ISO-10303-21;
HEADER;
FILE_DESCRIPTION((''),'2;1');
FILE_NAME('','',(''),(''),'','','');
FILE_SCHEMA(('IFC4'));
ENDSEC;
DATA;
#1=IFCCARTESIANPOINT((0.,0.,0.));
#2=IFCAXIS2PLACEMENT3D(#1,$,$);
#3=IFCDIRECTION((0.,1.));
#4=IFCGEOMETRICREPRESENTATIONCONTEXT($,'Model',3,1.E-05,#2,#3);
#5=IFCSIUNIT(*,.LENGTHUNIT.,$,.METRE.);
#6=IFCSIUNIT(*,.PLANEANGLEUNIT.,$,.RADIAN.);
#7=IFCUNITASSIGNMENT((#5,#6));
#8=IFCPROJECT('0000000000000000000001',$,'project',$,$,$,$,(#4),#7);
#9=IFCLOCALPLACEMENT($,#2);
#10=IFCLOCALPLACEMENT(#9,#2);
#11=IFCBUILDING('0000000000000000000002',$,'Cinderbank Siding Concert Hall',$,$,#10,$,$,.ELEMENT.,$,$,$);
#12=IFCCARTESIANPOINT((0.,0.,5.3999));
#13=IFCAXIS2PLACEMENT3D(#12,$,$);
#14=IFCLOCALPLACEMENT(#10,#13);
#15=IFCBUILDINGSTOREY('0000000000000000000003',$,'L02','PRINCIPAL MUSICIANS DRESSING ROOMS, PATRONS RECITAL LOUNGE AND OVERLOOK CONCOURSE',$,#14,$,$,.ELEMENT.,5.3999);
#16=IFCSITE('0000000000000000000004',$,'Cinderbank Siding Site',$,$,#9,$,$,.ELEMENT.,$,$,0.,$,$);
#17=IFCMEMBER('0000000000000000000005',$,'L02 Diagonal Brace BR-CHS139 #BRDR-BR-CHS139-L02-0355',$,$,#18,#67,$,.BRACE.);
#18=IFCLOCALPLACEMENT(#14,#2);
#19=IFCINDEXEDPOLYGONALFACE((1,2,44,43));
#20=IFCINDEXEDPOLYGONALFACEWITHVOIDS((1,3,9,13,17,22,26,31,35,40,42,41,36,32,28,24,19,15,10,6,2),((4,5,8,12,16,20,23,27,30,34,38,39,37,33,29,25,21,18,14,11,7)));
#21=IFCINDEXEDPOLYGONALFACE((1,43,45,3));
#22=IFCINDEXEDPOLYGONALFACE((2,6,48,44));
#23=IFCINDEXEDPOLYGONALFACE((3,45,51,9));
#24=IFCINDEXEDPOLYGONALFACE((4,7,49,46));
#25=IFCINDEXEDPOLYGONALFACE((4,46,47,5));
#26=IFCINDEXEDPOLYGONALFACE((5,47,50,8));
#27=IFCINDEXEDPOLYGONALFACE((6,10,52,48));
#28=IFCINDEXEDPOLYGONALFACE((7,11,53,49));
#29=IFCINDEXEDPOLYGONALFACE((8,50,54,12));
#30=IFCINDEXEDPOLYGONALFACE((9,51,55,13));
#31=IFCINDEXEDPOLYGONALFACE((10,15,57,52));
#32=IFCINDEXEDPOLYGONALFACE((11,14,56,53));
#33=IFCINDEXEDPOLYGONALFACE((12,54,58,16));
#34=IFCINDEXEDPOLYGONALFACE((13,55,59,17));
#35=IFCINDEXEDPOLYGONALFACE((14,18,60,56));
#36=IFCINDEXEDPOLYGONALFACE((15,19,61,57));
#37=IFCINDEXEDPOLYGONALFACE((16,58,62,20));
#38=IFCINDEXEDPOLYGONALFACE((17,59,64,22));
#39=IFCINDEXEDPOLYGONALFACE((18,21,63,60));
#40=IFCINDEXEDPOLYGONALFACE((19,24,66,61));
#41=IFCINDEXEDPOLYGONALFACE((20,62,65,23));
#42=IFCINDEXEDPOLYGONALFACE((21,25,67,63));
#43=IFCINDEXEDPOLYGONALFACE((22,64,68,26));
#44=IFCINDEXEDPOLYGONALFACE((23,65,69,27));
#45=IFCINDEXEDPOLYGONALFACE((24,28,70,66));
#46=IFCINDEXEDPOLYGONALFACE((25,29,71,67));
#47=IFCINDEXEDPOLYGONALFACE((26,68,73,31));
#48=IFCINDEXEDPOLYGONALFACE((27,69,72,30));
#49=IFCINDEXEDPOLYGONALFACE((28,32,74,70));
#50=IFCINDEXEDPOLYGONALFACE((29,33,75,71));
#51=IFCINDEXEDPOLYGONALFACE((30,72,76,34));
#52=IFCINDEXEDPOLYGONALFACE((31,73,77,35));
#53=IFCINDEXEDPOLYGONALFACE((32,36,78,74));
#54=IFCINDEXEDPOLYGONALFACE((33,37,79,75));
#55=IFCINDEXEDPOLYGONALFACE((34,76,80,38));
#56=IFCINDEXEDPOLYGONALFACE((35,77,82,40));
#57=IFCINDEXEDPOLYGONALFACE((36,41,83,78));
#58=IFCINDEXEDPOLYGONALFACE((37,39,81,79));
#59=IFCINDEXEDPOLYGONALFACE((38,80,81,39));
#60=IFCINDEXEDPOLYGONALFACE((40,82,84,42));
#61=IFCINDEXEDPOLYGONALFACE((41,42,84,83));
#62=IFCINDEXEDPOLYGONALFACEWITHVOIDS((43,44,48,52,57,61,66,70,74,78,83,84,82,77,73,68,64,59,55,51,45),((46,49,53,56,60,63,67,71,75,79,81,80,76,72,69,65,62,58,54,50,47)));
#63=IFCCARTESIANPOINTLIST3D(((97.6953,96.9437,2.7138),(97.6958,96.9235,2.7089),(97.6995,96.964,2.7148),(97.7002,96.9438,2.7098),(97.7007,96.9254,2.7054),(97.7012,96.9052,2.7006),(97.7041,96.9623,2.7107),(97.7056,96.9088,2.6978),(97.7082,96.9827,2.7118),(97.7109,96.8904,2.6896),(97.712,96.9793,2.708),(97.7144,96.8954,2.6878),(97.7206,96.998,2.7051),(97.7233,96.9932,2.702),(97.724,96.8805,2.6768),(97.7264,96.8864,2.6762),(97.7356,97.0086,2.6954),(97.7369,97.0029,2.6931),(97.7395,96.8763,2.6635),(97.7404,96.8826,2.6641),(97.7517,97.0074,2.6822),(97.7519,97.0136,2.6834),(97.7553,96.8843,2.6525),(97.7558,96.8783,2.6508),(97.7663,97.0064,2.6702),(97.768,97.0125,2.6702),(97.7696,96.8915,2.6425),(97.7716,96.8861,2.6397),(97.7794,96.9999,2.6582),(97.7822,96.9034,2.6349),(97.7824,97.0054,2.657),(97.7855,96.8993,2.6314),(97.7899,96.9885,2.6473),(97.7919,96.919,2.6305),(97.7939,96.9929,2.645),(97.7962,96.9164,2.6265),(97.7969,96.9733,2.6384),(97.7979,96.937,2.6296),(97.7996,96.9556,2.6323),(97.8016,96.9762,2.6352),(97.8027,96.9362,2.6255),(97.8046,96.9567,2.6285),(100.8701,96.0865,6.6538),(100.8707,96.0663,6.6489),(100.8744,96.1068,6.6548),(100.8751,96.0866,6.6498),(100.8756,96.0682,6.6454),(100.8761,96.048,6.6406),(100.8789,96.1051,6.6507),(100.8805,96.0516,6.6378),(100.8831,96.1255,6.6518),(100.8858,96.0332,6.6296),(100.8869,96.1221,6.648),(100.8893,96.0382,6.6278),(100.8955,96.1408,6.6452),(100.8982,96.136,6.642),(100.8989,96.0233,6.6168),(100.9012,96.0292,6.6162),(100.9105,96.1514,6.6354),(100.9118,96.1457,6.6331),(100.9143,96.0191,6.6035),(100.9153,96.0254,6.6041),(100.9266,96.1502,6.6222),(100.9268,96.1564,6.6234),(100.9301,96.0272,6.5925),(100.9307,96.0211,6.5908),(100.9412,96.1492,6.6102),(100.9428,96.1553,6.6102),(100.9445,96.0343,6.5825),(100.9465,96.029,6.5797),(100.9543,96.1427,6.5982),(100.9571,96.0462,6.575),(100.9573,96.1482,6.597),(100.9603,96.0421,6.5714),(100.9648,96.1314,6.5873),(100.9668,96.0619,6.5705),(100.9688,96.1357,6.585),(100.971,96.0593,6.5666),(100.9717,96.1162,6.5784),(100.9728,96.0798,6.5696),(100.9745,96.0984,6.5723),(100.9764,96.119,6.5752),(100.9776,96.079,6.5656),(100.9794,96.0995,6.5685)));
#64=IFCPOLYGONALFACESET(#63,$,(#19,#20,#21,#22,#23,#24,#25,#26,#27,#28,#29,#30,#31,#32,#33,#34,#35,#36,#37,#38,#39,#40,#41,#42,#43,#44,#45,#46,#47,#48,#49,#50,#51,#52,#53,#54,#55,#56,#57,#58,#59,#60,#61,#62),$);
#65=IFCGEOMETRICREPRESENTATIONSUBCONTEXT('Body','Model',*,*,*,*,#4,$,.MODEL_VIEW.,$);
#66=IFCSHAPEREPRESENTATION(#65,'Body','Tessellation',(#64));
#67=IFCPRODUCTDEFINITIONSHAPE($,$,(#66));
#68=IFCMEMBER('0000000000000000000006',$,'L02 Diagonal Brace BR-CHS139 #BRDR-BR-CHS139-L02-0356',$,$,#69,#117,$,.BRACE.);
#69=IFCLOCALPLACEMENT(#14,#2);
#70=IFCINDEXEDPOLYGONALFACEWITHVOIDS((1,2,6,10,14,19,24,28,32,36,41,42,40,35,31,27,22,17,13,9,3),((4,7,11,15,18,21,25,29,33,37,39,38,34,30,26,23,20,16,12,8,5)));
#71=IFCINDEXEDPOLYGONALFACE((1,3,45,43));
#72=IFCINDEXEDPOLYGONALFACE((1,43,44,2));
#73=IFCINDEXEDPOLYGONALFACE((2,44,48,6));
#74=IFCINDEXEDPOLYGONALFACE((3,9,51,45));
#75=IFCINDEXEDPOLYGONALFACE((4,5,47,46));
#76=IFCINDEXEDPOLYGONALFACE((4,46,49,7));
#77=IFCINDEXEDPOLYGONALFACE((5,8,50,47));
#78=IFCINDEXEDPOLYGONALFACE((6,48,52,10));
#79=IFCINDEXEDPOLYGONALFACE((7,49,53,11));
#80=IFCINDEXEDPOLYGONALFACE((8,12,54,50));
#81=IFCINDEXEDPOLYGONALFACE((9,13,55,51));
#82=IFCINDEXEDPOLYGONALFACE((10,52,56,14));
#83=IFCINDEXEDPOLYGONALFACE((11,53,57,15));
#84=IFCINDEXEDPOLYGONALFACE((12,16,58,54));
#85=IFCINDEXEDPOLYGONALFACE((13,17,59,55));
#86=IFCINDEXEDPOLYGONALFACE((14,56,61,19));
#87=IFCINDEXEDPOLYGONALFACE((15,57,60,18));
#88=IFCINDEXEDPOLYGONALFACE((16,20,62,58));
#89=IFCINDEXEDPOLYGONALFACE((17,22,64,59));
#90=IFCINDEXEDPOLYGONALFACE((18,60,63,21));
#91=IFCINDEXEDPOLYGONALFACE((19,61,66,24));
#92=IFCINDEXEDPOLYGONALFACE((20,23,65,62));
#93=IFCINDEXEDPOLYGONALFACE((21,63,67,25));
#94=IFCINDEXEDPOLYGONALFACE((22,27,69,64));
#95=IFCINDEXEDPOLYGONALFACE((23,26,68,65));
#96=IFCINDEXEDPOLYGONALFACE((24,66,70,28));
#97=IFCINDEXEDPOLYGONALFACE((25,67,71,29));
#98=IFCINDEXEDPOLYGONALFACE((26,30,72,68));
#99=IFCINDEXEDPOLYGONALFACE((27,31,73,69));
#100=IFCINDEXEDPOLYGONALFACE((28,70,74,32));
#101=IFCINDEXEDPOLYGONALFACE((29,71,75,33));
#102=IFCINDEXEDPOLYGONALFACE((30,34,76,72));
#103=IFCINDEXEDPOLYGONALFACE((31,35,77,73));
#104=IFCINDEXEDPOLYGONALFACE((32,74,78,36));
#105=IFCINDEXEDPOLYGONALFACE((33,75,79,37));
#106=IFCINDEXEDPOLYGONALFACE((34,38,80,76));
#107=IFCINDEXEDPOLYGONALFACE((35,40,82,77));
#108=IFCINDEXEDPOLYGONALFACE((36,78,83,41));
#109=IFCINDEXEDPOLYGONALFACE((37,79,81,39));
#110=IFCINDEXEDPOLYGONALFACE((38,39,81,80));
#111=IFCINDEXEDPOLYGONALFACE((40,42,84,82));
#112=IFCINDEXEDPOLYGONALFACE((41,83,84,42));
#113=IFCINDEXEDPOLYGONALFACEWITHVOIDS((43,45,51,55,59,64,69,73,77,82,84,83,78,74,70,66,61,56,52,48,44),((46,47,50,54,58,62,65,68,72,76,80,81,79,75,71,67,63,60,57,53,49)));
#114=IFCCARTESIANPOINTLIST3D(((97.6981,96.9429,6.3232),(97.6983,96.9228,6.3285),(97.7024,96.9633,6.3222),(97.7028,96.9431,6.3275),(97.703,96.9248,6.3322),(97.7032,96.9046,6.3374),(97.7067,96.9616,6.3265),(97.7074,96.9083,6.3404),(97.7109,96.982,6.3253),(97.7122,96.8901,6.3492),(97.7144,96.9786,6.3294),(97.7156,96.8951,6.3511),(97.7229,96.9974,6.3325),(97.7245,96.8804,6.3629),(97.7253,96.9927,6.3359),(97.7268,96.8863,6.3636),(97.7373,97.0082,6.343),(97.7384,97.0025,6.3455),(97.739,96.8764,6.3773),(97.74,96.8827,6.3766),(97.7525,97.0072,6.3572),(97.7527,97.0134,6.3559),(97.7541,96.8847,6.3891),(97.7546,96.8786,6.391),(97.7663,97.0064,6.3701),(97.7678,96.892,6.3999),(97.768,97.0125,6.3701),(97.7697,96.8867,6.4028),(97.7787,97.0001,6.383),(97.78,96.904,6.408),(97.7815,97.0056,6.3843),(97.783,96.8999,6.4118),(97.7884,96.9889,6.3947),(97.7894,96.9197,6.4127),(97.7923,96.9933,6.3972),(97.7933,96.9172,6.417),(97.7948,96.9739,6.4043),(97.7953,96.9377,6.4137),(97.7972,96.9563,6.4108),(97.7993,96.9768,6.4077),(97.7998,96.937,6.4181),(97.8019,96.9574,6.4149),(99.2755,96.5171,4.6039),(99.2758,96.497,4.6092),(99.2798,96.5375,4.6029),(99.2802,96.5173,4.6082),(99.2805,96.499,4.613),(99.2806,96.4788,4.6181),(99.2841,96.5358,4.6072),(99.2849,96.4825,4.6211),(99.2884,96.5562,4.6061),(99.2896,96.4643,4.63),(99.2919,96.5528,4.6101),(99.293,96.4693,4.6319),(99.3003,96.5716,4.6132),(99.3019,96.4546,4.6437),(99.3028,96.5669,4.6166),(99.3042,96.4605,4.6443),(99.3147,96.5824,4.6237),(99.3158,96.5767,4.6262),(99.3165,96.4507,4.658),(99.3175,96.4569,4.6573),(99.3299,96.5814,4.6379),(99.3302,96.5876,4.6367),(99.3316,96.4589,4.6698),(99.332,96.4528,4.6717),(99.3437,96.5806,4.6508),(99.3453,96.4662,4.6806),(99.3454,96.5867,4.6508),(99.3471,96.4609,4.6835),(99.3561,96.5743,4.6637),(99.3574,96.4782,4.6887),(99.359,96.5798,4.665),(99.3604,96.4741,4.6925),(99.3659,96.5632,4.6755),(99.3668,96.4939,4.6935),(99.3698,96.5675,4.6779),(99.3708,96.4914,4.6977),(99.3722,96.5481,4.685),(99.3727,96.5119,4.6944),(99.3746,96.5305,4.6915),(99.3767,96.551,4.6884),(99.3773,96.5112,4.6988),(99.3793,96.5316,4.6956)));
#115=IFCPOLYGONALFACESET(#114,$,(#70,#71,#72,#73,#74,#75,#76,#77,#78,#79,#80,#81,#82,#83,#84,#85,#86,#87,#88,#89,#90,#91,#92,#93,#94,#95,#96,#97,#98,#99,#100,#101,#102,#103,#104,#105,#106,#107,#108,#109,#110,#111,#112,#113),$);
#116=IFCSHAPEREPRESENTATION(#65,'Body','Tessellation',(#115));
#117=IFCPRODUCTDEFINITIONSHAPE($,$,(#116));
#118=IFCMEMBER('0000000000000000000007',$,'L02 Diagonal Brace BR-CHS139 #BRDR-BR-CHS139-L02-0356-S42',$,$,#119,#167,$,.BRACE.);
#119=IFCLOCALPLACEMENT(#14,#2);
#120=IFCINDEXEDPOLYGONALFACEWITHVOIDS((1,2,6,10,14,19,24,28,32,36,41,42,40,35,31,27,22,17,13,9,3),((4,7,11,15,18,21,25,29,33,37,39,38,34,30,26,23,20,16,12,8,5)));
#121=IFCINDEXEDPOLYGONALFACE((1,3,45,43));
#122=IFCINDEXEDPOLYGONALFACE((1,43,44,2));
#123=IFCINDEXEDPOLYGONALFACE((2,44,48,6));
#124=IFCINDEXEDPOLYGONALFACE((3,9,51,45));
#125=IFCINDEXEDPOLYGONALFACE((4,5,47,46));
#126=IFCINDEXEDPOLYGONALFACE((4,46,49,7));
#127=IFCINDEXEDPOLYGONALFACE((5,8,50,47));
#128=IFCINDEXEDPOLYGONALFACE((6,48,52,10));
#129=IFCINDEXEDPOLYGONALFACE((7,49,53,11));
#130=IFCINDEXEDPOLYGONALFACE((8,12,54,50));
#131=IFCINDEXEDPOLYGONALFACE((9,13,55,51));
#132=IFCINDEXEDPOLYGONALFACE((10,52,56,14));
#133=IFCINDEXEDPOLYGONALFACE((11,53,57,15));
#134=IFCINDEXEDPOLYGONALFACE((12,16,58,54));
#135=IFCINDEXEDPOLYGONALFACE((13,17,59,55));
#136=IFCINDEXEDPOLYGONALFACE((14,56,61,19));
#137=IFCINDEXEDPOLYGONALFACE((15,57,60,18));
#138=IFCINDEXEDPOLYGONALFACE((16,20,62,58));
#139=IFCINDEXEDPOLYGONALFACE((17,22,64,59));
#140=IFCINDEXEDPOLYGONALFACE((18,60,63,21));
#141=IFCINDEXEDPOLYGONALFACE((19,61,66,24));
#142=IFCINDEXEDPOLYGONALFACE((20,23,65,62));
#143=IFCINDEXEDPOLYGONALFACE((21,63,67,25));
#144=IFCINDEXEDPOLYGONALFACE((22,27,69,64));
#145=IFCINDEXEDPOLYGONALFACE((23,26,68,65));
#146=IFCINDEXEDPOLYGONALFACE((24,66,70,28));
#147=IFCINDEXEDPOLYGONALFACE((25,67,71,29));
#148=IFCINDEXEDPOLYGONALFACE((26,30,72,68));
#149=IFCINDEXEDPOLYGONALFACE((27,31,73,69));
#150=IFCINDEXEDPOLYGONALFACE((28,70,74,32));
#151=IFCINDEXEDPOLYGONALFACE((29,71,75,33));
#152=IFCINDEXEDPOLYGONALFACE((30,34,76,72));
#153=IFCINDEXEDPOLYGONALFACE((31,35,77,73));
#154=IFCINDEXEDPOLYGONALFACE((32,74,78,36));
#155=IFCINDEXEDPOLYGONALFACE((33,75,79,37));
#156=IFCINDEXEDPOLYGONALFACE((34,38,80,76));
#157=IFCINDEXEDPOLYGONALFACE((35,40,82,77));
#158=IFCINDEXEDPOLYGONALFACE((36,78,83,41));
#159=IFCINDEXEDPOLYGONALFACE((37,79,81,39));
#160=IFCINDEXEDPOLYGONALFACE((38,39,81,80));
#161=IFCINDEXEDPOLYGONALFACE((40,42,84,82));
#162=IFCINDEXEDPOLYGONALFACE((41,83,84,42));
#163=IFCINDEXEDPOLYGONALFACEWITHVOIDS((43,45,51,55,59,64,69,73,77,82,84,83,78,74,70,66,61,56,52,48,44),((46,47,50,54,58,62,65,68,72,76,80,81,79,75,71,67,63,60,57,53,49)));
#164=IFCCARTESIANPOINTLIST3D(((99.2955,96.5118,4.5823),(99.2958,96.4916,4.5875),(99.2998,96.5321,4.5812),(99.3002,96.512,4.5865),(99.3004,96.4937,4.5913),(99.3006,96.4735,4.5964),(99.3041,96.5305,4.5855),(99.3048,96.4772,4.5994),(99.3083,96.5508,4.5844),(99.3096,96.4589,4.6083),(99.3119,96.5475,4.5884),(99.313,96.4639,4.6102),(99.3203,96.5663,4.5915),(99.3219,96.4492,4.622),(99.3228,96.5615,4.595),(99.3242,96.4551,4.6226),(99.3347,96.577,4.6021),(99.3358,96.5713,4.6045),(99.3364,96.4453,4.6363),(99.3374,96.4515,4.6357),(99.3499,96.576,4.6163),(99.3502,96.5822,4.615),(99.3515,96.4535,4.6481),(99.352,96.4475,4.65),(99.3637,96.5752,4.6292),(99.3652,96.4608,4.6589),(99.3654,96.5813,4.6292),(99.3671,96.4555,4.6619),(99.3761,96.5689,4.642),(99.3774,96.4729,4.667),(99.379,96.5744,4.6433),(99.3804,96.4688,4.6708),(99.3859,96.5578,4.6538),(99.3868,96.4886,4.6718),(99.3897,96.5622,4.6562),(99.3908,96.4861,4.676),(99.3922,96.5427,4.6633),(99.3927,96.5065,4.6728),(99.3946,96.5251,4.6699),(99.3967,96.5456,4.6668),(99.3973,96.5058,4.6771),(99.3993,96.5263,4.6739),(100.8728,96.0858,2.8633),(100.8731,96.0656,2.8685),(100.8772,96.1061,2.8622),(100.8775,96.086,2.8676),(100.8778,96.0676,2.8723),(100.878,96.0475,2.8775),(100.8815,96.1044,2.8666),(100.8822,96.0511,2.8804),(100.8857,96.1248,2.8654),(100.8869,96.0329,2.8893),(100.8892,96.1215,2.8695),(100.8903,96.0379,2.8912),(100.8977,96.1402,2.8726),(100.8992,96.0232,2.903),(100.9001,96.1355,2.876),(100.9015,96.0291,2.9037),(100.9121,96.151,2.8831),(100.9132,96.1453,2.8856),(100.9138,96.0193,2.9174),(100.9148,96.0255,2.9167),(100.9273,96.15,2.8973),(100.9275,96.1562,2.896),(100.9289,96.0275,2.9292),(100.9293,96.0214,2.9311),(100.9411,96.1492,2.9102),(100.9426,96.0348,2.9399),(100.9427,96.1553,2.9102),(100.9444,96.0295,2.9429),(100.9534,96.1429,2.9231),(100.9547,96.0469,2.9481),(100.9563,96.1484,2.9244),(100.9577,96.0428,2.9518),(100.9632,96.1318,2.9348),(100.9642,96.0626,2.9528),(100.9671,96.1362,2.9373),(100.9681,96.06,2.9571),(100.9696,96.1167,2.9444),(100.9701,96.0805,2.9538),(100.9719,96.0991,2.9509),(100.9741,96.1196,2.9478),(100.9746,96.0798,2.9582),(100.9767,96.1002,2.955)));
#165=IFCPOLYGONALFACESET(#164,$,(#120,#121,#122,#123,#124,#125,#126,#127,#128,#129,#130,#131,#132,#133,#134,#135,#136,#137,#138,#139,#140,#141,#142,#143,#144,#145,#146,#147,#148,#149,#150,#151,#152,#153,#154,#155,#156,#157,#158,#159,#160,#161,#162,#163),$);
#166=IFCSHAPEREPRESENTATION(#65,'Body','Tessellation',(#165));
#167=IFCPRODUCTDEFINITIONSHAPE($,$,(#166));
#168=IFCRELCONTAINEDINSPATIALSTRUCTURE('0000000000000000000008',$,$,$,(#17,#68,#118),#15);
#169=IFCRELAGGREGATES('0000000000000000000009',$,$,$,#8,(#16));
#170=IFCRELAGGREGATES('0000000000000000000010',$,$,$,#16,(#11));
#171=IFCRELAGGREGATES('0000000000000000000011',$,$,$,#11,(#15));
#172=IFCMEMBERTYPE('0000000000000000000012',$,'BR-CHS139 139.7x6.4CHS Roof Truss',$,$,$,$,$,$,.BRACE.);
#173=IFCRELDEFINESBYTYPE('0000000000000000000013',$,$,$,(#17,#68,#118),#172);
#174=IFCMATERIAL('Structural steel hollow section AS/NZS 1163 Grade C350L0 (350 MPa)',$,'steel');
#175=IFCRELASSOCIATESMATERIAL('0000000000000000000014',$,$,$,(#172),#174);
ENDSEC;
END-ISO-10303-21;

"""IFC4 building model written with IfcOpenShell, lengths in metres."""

from ifc_helpers import new_model, si_unit, direction, frame, origin, origin_2d, place, context, subcontext, project, spatial, hollow_circle, extrude, material, material_profile, profile_set, type_object, element, save


model = new_model("IFC4")

# Units and contexts
model_context = context("Model", 3, precision=1e-05, world=origin(), true_north=direction((0.0, 1.0)))
body_context = subcontext(model_context, "Body", "Model", "MODEL_VIEW")
ifc_project = project(units=[si_unit("LENGTHUNIT", "METRE"), si_unit("PLANEANGLEUNIT", "RADIAN")], contexts=[model_context])

# Site, building, storey
site_placement = place(None, origin())
site = spatial("IfcSite", under=ifc_project, at=site_placement, Name="Cinderbank Siding Site", CompositionType="ELEMENT", RefElevation=0.0)
building_placement = place(site_placement, origin())
building = spatial("IfcBuilding", under=site, at=building_placement, Name="Cinderbank Siding Concert Hall", CompositionType="ELEMENT")
storey_placement = place(building_placement, frame((0.0, 0.0, 5.3999)))
storey = spatial("IfcBuildingStorey", under=building, at=storey_placement, Name="L02", Description="PRINCIPAL MUSICIANS DRESSING ROOMS, PATRONS RECITAL LOUNGE AND OVERLOOK CONCOURSE", CompositionType="ELEMENT", Elevation=5.3999)

# Members
ifc_material_1 = material(Name="Structural steel hollow section AS/NZS 1163 Grade C350L0 (350 MPa)", Category="steel")
ifc_material_profile_1 = material_profile(ifc_material_1, hollow_circle(Radius=0.0698, WallThickness=0.0063, at=origin_2d()), Name="139.7x6.4CHS", Category="LoadBearing")
ifc_profile_set_1 = profile_set([ifc_material_profile_1], Name="Structural steel hollow section AS/NZS 1163 Grade C350L0 (350 MPa)")
member_type_1 = type_object("IfcMemberType", Name="BR-CHS139 139.7x6.4CHS Roof Truss", PredefinedType="BRACE", material=ifc_profile_set_1)
member_1_placement = place(storey_placement, frame((97.7498, 96.9451, 2.6702), z_axis=(0.618631, -0.167027, 0.767723), x_axis=(0.26066, 0.965431, 0.0)))
element("IfcMember", 1, at=member_1_placement, inside=storey, type_object=member_type_1, Name="L02 Diagonal Brace BR-CHS139 #BRDR-BR-CHS139-L02-0355", PredefinedType="BRACE", context=body_context, shape_type="SweptSolid", body=[
    extrude(hollow_circle(Radius=0.0698, WallThickness=0.0063, at=origin_2d()), origin(), (0.0, 0.0, 1.0), 5.1321),
])
member_2_placement = place(storey_placement, frame((97.7498, 96.9451, 6.3701), z_axis=(0.665073, -0.179521, -0.724879), x_axis=(0.2606, 0.965447, 0.0)))
element("IfcMember", 2, at=member_2_placement, inside=storey, type_object=member_type_1, Name="L02 Diagonal Brace BR-CHS139 #BRDR-BR-CHS139-L02-0356", PredefinedType="BRACE", context=body_context, shape_type="SweptSolid", body=[
    extrude(hollow_circle(Radius=0.0698, WallThickness=0.0063, at=origin_2d()), origin(), (0.0, 0.0, 1.0), 2.3718),
])
member_3_placement = place(storey_placement, frame((99.3472, 96.5139, 4.6292), z_axis=(0.66511, -0.179634, -0.724817), x_axis=(0.26074, 0.965409, 0.0)))
element("IfcMember", 3, at=member_3_placement, inside=storey, type_object=member_type_1, Name="L02 Diagonal Brace BR-CHS139 #BRDR-BR-CHS139-L02-0356-S42", PredefinedType="BRACE", context=body_context, shape_type="SweptSolid", body=[
    extrude(hollow_circle(Radius=0.0698, WallThickness=0.0063, at=origin_2d()), origin(), (0.0, 0.0, 1.0), 2.3716),
])

save(model, "model.ifc")
